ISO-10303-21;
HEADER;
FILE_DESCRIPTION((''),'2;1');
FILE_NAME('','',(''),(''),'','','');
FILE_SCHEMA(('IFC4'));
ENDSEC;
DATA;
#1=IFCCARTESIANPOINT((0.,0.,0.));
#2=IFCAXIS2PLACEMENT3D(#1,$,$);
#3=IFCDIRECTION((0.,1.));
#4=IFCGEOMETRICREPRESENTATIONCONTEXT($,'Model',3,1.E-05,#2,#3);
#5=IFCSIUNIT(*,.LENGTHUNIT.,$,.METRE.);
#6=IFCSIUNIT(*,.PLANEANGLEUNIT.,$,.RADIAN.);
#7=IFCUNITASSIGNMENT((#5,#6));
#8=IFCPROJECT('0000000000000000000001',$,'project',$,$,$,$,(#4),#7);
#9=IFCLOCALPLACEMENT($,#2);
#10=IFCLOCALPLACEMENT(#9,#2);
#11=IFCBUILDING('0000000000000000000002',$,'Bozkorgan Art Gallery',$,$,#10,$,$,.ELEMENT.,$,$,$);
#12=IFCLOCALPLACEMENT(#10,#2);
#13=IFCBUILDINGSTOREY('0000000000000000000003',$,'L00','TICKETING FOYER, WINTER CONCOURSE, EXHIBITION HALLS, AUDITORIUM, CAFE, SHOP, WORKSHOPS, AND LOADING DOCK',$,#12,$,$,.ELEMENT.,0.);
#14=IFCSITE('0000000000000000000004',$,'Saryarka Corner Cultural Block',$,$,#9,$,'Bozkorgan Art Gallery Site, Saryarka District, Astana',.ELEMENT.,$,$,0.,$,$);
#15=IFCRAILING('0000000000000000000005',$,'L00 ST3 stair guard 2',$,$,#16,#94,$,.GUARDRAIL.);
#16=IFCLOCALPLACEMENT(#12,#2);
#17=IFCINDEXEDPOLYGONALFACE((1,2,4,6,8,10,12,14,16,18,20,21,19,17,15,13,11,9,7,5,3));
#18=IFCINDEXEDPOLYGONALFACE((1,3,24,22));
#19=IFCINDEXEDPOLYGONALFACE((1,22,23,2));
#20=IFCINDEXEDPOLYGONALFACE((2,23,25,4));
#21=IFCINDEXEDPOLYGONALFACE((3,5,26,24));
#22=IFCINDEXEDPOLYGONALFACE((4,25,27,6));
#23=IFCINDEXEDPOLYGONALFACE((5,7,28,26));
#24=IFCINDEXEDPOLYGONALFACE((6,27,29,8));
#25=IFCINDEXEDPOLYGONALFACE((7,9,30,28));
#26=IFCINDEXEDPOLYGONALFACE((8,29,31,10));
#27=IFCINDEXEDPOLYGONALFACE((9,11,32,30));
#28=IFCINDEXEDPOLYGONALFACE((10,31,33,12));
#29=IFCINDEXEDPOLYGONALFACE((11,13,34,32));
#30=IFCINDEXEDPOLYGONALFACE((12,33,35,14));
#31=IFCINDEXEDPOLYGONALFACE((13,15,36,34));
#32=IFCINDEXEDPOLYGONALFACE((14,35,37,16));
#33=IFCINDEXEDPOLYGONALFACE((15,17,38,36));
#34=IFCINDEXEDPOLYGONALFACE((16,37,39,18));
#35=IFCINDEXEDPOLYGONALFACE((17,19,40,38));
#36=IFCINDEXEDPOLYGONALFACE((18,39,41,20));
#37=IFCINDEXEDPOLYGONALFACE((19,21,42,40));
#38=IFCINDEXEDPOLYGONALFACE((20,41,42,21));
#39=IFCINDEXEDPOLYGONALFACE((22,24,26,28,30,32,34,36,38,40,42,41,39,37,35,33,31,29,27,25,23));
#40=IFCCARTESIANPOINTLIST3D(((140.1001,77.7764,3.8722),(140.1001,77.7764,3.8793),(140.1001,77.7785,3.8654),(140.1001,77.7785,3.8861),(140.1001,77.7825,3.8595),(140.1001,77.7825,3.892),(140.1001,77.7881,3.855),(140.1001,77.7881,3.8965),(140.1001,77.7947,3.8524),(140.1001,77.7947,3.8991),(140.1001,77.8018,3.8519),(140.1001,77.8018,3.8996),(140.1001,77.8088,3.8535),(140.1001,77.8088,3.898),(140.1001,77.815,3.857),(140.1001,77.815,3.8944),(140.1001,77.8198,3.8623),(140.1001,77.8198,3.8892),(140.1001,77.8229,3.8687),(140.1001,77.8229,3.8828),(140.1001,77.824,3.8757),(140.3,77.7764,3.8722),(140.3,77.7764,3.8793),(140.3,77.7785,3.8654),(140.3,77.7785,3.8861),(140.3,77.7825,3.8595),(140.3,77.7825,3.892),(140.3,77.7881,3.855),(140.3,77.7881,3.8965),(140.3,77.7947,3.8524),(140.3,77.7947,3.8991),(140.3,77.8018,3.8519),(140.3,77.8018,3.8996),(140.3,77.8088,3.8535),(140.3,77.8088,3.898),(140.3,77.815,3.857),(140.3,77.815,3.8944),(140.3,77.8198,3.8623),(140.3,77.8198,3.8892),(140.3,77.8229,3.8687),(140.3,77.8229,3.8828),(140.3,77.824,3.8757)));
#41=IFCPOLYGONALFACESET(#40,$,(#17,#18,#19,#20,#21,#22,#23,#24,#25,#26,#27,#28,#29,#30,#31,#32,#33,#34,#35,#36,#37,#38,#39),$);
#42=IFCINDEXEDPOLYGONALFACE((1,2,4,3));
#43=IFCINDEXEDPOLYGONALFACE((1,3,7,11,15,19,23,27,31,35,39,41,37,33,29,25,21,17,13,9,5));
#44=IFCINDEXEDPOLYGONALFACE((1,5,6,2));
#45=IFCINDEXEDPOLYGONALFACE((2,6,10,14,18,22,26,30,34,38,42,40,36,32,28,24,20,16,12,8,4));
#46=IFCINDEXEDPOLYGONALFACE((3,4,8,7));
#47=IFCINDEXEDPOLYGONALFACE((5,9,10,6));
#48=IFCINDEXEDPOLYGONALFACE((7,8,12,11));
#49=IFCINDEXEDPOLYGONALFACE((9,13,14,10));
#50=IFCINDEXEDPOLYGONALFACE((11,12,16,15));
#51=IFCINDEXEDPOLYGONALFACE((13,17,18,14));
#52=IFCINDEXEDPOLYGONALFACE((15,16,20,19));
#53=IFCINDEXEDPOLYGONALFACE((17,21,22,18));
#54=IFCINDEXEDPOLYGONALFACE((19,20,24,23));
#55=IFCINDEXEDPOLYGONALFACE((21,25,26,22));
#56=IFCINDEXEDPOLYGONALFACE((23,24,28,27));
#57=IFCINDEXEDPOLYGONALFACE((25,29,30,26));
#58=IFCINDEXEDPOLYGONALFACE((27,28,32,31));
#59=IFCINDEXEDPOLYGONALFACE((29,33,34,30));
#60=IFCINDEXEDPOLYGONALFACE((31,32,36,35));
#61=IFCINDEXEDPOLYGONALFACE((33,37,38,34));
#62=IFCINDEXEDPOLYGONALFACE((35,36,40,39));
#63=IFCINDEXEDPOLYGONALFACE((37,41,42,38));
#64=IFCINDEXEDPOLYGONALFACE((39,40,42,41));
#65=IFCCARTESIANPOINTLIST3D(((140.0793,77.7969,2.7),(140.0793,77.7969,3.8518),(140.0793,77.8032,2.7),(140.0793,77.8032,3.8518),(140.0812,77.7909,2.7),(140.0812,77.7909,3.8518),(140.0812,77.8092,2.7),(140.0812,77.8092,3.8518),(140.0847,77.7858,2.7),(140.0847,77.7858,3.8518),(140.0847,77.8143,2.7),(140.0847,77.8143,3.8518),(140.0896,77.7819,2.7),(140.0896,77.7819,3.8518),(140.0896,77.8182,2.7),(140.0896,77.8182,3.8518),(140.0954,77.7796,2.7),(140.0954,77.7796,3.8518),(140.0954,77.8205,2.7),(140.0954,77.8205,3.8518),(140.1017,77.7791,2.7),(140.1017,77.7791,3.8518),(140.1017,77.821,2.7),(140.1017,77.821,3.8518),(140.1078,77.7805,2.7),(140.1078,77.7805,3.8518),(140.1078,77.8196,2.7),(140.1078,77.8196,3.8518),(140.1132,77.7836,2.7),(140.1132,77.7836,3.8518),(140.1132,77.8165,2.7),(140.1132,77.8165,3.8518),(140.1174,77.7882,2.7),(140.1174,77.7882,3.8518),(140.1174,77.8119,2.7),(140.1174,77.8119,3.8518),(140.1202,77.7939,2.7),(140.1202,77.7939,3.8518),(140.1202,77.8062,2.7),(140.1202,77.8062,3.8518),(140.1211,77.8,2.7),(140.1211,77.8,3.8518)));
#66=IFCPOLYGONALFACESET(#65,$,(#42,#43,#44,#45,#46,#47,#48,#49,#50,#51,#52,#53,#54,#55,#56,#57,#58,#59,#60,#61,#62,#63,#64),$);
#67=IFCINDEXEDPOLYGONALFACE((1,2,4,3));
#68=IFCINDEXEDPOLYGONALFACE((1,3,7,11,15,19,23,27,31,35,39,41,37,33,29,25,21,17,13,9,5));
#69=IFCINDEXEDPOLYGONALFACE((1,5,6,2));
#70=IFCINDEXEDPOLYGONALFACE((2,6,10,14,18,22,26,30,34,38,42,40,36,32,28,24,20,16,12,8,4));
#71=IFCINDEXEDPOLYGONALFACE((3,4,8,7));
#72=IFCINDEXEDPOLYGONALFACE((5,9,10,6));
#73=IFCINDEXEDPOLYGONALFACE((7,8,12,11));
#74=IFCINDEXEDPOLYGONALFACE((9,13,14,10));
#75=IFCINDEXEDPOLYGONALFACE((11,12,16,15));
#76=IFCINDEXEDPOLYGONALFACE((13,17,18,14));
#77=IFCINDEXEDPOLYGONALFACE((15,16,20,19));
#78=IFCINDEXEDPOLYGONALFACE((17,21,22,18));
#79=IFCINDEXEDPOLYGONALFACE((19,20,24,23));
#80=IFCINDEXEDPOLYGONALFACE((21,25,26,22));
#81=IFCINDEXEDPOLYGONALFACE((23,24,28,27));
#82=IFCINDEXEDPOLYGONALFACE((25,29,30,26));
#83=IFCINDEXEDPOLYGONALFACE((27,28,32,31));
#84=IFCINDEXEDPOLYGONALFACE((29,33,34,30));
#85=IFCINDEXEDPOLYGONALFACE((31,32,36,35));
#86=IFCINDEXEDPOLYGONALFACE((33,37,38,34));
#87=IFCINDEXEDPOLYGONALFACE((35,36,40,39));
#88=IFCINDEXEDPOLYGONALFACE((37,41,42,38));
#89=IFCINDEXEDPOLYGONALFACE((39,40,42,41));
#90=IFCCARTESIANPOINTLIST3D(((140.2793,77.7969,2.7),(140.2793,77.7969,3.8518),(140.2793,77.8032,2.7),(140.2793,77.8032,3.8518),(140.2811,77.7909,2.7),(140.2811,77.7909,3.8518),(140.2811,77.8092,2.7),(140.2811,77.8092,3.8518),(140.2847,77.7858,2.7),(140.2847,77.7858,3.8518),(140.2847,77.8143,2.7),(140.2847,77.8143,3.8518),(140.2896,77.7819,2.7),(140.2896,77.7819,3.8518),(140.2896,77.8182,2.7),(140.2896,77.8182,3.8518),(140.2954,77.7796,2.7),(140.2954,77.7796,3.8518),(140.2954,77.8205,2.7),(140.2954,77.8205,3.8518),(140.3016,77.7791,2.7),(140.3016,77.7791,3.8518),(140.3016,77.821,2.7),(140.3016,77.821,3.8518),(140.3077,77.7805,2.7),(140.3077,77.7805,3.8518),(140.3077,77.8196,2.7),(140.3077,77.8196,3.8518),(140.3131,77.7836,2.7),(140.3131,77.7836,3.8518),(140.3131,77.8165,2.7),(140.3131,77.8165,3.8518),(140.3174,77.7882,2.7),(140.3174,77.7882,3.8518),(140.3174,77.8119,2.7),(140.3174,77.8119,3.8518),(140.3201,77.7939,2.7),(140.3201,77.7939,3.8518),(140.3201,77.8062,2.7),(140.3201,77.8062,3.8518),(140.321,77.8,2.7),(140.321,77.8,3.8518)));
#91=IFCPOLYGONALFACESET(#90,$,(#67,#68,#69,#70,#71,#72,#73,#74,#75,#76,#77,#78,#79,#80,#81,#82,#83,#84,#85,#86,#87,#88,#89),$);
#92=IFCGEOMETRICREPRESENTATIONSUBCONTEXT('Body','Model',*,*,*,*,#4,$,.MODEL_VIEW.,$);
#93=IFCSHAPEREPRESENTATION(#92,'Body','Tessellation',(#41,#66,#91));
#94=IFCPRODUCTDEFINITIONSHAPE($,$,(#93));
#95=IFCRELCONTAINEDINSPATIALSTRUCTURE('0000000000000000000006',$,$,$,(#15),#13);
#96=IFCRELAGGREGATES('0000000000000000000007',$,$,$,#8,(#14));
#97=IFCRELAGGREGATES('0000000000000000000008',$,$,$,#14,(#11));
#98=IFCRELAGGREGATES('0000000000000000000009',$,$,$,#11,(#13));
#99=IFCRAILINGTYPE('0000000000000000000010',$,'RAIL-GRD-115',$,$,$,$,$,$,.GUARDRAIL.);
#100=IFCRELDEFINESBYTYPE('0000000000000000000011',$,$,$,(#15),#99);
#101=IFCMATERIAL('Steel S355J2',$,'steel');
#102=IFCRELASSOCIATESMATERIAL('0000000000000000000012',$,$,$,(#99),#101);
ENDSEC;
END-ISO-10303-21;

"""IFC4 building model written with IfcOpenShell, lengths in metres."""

from ifc_helpers import new_model, si_unit, direction, frame, origin, origin_2d, place, context, subcontext, project, spatial, circle, extrude, material, type_object, element, save


model = new_model("IFC4")

# Units and contexts
model_context = context("Model", 3, precision=1e-05, world=origin(), true_north=direction((0.0, 1.0)))
body_context = subcontext(model_context, "Body", "Model", "MODEL_VIEW")
ifc_project = project(units=[si_unit("LENGTHUNIT", "METRE"), si_unit("PLANEANGLEUNIT", "RADIAN")], contexts=[model_context])

# Site, building, storey
site_placement = place(None, origin())
site = spatial("IfcSite", under=ifc_project, at=site_placement, Name="Saryarka Corner Cultural Block", LongName="Bozkorgan Art Gallery Site, Saryarka District, Astana", CompositionType="ELEMENT", RefElevation=0.0)
building_placement = place(site_placement, origin())
building = spatial("IfcBuilding", under=site, at=building_placement, Name="Bozkorgan Art Gallery", CompositionType="ELEMENT")
storey_placement = place(building_placement, origin())
storey = spatial("IfcBuildingStorey", under=building, at=storey_placement, Name="L00", Description="TICKETING FOYER, WINTER CONCOURSE, EXHIBITION HALLS, AUDITORIUM, CAFE, SHOP, WORKSHOPS, AND LOADING DOCK", CompositionType="ELEMENT", Elevation=0.0)

# Shared definitions
ifc_material_1 = material(Name="Steel S355J2", Category="steel")

# Railing
railing_type_1 = type_object("IfcRailingType", Name="RAIL-GRD-115", PredefinedType="GUARDRAIL", material=ifc_material_1)
railing_1_placement = place(storey_placement, frame((140.1001, 77.8, 2.7)))
element("IfcRailing", 1, at=railing_1_placement, inside=storey, type_object=railing_type_1, Name="L00 ST3 stair guard 2", PredefinedType="GUARDRAIL", context=body_context, shape_type="SweptSolid", body=[
    extrude(circle(Radius=0.0239, at=origin_2d()), frame((0.0, 0.0, 1.1758), z_axis=(1.0, 0.0, 0.0), x_axis=(0.0, 1.0, 0.0)), (0.0, 0.0, 1.0), 0.2),
    extrude(circle(Radius=0.021, at=origin_2d()), origin(), (0.0, 0.0, 1.0), 1.1519),
    extrude(circle(Radius=0.021, at=origin_2d()), frame((0.2, 0.0, 0.0)), (0.0, 0.0, 1.0), 1.1519),
])

save(model, "model.ifc")
